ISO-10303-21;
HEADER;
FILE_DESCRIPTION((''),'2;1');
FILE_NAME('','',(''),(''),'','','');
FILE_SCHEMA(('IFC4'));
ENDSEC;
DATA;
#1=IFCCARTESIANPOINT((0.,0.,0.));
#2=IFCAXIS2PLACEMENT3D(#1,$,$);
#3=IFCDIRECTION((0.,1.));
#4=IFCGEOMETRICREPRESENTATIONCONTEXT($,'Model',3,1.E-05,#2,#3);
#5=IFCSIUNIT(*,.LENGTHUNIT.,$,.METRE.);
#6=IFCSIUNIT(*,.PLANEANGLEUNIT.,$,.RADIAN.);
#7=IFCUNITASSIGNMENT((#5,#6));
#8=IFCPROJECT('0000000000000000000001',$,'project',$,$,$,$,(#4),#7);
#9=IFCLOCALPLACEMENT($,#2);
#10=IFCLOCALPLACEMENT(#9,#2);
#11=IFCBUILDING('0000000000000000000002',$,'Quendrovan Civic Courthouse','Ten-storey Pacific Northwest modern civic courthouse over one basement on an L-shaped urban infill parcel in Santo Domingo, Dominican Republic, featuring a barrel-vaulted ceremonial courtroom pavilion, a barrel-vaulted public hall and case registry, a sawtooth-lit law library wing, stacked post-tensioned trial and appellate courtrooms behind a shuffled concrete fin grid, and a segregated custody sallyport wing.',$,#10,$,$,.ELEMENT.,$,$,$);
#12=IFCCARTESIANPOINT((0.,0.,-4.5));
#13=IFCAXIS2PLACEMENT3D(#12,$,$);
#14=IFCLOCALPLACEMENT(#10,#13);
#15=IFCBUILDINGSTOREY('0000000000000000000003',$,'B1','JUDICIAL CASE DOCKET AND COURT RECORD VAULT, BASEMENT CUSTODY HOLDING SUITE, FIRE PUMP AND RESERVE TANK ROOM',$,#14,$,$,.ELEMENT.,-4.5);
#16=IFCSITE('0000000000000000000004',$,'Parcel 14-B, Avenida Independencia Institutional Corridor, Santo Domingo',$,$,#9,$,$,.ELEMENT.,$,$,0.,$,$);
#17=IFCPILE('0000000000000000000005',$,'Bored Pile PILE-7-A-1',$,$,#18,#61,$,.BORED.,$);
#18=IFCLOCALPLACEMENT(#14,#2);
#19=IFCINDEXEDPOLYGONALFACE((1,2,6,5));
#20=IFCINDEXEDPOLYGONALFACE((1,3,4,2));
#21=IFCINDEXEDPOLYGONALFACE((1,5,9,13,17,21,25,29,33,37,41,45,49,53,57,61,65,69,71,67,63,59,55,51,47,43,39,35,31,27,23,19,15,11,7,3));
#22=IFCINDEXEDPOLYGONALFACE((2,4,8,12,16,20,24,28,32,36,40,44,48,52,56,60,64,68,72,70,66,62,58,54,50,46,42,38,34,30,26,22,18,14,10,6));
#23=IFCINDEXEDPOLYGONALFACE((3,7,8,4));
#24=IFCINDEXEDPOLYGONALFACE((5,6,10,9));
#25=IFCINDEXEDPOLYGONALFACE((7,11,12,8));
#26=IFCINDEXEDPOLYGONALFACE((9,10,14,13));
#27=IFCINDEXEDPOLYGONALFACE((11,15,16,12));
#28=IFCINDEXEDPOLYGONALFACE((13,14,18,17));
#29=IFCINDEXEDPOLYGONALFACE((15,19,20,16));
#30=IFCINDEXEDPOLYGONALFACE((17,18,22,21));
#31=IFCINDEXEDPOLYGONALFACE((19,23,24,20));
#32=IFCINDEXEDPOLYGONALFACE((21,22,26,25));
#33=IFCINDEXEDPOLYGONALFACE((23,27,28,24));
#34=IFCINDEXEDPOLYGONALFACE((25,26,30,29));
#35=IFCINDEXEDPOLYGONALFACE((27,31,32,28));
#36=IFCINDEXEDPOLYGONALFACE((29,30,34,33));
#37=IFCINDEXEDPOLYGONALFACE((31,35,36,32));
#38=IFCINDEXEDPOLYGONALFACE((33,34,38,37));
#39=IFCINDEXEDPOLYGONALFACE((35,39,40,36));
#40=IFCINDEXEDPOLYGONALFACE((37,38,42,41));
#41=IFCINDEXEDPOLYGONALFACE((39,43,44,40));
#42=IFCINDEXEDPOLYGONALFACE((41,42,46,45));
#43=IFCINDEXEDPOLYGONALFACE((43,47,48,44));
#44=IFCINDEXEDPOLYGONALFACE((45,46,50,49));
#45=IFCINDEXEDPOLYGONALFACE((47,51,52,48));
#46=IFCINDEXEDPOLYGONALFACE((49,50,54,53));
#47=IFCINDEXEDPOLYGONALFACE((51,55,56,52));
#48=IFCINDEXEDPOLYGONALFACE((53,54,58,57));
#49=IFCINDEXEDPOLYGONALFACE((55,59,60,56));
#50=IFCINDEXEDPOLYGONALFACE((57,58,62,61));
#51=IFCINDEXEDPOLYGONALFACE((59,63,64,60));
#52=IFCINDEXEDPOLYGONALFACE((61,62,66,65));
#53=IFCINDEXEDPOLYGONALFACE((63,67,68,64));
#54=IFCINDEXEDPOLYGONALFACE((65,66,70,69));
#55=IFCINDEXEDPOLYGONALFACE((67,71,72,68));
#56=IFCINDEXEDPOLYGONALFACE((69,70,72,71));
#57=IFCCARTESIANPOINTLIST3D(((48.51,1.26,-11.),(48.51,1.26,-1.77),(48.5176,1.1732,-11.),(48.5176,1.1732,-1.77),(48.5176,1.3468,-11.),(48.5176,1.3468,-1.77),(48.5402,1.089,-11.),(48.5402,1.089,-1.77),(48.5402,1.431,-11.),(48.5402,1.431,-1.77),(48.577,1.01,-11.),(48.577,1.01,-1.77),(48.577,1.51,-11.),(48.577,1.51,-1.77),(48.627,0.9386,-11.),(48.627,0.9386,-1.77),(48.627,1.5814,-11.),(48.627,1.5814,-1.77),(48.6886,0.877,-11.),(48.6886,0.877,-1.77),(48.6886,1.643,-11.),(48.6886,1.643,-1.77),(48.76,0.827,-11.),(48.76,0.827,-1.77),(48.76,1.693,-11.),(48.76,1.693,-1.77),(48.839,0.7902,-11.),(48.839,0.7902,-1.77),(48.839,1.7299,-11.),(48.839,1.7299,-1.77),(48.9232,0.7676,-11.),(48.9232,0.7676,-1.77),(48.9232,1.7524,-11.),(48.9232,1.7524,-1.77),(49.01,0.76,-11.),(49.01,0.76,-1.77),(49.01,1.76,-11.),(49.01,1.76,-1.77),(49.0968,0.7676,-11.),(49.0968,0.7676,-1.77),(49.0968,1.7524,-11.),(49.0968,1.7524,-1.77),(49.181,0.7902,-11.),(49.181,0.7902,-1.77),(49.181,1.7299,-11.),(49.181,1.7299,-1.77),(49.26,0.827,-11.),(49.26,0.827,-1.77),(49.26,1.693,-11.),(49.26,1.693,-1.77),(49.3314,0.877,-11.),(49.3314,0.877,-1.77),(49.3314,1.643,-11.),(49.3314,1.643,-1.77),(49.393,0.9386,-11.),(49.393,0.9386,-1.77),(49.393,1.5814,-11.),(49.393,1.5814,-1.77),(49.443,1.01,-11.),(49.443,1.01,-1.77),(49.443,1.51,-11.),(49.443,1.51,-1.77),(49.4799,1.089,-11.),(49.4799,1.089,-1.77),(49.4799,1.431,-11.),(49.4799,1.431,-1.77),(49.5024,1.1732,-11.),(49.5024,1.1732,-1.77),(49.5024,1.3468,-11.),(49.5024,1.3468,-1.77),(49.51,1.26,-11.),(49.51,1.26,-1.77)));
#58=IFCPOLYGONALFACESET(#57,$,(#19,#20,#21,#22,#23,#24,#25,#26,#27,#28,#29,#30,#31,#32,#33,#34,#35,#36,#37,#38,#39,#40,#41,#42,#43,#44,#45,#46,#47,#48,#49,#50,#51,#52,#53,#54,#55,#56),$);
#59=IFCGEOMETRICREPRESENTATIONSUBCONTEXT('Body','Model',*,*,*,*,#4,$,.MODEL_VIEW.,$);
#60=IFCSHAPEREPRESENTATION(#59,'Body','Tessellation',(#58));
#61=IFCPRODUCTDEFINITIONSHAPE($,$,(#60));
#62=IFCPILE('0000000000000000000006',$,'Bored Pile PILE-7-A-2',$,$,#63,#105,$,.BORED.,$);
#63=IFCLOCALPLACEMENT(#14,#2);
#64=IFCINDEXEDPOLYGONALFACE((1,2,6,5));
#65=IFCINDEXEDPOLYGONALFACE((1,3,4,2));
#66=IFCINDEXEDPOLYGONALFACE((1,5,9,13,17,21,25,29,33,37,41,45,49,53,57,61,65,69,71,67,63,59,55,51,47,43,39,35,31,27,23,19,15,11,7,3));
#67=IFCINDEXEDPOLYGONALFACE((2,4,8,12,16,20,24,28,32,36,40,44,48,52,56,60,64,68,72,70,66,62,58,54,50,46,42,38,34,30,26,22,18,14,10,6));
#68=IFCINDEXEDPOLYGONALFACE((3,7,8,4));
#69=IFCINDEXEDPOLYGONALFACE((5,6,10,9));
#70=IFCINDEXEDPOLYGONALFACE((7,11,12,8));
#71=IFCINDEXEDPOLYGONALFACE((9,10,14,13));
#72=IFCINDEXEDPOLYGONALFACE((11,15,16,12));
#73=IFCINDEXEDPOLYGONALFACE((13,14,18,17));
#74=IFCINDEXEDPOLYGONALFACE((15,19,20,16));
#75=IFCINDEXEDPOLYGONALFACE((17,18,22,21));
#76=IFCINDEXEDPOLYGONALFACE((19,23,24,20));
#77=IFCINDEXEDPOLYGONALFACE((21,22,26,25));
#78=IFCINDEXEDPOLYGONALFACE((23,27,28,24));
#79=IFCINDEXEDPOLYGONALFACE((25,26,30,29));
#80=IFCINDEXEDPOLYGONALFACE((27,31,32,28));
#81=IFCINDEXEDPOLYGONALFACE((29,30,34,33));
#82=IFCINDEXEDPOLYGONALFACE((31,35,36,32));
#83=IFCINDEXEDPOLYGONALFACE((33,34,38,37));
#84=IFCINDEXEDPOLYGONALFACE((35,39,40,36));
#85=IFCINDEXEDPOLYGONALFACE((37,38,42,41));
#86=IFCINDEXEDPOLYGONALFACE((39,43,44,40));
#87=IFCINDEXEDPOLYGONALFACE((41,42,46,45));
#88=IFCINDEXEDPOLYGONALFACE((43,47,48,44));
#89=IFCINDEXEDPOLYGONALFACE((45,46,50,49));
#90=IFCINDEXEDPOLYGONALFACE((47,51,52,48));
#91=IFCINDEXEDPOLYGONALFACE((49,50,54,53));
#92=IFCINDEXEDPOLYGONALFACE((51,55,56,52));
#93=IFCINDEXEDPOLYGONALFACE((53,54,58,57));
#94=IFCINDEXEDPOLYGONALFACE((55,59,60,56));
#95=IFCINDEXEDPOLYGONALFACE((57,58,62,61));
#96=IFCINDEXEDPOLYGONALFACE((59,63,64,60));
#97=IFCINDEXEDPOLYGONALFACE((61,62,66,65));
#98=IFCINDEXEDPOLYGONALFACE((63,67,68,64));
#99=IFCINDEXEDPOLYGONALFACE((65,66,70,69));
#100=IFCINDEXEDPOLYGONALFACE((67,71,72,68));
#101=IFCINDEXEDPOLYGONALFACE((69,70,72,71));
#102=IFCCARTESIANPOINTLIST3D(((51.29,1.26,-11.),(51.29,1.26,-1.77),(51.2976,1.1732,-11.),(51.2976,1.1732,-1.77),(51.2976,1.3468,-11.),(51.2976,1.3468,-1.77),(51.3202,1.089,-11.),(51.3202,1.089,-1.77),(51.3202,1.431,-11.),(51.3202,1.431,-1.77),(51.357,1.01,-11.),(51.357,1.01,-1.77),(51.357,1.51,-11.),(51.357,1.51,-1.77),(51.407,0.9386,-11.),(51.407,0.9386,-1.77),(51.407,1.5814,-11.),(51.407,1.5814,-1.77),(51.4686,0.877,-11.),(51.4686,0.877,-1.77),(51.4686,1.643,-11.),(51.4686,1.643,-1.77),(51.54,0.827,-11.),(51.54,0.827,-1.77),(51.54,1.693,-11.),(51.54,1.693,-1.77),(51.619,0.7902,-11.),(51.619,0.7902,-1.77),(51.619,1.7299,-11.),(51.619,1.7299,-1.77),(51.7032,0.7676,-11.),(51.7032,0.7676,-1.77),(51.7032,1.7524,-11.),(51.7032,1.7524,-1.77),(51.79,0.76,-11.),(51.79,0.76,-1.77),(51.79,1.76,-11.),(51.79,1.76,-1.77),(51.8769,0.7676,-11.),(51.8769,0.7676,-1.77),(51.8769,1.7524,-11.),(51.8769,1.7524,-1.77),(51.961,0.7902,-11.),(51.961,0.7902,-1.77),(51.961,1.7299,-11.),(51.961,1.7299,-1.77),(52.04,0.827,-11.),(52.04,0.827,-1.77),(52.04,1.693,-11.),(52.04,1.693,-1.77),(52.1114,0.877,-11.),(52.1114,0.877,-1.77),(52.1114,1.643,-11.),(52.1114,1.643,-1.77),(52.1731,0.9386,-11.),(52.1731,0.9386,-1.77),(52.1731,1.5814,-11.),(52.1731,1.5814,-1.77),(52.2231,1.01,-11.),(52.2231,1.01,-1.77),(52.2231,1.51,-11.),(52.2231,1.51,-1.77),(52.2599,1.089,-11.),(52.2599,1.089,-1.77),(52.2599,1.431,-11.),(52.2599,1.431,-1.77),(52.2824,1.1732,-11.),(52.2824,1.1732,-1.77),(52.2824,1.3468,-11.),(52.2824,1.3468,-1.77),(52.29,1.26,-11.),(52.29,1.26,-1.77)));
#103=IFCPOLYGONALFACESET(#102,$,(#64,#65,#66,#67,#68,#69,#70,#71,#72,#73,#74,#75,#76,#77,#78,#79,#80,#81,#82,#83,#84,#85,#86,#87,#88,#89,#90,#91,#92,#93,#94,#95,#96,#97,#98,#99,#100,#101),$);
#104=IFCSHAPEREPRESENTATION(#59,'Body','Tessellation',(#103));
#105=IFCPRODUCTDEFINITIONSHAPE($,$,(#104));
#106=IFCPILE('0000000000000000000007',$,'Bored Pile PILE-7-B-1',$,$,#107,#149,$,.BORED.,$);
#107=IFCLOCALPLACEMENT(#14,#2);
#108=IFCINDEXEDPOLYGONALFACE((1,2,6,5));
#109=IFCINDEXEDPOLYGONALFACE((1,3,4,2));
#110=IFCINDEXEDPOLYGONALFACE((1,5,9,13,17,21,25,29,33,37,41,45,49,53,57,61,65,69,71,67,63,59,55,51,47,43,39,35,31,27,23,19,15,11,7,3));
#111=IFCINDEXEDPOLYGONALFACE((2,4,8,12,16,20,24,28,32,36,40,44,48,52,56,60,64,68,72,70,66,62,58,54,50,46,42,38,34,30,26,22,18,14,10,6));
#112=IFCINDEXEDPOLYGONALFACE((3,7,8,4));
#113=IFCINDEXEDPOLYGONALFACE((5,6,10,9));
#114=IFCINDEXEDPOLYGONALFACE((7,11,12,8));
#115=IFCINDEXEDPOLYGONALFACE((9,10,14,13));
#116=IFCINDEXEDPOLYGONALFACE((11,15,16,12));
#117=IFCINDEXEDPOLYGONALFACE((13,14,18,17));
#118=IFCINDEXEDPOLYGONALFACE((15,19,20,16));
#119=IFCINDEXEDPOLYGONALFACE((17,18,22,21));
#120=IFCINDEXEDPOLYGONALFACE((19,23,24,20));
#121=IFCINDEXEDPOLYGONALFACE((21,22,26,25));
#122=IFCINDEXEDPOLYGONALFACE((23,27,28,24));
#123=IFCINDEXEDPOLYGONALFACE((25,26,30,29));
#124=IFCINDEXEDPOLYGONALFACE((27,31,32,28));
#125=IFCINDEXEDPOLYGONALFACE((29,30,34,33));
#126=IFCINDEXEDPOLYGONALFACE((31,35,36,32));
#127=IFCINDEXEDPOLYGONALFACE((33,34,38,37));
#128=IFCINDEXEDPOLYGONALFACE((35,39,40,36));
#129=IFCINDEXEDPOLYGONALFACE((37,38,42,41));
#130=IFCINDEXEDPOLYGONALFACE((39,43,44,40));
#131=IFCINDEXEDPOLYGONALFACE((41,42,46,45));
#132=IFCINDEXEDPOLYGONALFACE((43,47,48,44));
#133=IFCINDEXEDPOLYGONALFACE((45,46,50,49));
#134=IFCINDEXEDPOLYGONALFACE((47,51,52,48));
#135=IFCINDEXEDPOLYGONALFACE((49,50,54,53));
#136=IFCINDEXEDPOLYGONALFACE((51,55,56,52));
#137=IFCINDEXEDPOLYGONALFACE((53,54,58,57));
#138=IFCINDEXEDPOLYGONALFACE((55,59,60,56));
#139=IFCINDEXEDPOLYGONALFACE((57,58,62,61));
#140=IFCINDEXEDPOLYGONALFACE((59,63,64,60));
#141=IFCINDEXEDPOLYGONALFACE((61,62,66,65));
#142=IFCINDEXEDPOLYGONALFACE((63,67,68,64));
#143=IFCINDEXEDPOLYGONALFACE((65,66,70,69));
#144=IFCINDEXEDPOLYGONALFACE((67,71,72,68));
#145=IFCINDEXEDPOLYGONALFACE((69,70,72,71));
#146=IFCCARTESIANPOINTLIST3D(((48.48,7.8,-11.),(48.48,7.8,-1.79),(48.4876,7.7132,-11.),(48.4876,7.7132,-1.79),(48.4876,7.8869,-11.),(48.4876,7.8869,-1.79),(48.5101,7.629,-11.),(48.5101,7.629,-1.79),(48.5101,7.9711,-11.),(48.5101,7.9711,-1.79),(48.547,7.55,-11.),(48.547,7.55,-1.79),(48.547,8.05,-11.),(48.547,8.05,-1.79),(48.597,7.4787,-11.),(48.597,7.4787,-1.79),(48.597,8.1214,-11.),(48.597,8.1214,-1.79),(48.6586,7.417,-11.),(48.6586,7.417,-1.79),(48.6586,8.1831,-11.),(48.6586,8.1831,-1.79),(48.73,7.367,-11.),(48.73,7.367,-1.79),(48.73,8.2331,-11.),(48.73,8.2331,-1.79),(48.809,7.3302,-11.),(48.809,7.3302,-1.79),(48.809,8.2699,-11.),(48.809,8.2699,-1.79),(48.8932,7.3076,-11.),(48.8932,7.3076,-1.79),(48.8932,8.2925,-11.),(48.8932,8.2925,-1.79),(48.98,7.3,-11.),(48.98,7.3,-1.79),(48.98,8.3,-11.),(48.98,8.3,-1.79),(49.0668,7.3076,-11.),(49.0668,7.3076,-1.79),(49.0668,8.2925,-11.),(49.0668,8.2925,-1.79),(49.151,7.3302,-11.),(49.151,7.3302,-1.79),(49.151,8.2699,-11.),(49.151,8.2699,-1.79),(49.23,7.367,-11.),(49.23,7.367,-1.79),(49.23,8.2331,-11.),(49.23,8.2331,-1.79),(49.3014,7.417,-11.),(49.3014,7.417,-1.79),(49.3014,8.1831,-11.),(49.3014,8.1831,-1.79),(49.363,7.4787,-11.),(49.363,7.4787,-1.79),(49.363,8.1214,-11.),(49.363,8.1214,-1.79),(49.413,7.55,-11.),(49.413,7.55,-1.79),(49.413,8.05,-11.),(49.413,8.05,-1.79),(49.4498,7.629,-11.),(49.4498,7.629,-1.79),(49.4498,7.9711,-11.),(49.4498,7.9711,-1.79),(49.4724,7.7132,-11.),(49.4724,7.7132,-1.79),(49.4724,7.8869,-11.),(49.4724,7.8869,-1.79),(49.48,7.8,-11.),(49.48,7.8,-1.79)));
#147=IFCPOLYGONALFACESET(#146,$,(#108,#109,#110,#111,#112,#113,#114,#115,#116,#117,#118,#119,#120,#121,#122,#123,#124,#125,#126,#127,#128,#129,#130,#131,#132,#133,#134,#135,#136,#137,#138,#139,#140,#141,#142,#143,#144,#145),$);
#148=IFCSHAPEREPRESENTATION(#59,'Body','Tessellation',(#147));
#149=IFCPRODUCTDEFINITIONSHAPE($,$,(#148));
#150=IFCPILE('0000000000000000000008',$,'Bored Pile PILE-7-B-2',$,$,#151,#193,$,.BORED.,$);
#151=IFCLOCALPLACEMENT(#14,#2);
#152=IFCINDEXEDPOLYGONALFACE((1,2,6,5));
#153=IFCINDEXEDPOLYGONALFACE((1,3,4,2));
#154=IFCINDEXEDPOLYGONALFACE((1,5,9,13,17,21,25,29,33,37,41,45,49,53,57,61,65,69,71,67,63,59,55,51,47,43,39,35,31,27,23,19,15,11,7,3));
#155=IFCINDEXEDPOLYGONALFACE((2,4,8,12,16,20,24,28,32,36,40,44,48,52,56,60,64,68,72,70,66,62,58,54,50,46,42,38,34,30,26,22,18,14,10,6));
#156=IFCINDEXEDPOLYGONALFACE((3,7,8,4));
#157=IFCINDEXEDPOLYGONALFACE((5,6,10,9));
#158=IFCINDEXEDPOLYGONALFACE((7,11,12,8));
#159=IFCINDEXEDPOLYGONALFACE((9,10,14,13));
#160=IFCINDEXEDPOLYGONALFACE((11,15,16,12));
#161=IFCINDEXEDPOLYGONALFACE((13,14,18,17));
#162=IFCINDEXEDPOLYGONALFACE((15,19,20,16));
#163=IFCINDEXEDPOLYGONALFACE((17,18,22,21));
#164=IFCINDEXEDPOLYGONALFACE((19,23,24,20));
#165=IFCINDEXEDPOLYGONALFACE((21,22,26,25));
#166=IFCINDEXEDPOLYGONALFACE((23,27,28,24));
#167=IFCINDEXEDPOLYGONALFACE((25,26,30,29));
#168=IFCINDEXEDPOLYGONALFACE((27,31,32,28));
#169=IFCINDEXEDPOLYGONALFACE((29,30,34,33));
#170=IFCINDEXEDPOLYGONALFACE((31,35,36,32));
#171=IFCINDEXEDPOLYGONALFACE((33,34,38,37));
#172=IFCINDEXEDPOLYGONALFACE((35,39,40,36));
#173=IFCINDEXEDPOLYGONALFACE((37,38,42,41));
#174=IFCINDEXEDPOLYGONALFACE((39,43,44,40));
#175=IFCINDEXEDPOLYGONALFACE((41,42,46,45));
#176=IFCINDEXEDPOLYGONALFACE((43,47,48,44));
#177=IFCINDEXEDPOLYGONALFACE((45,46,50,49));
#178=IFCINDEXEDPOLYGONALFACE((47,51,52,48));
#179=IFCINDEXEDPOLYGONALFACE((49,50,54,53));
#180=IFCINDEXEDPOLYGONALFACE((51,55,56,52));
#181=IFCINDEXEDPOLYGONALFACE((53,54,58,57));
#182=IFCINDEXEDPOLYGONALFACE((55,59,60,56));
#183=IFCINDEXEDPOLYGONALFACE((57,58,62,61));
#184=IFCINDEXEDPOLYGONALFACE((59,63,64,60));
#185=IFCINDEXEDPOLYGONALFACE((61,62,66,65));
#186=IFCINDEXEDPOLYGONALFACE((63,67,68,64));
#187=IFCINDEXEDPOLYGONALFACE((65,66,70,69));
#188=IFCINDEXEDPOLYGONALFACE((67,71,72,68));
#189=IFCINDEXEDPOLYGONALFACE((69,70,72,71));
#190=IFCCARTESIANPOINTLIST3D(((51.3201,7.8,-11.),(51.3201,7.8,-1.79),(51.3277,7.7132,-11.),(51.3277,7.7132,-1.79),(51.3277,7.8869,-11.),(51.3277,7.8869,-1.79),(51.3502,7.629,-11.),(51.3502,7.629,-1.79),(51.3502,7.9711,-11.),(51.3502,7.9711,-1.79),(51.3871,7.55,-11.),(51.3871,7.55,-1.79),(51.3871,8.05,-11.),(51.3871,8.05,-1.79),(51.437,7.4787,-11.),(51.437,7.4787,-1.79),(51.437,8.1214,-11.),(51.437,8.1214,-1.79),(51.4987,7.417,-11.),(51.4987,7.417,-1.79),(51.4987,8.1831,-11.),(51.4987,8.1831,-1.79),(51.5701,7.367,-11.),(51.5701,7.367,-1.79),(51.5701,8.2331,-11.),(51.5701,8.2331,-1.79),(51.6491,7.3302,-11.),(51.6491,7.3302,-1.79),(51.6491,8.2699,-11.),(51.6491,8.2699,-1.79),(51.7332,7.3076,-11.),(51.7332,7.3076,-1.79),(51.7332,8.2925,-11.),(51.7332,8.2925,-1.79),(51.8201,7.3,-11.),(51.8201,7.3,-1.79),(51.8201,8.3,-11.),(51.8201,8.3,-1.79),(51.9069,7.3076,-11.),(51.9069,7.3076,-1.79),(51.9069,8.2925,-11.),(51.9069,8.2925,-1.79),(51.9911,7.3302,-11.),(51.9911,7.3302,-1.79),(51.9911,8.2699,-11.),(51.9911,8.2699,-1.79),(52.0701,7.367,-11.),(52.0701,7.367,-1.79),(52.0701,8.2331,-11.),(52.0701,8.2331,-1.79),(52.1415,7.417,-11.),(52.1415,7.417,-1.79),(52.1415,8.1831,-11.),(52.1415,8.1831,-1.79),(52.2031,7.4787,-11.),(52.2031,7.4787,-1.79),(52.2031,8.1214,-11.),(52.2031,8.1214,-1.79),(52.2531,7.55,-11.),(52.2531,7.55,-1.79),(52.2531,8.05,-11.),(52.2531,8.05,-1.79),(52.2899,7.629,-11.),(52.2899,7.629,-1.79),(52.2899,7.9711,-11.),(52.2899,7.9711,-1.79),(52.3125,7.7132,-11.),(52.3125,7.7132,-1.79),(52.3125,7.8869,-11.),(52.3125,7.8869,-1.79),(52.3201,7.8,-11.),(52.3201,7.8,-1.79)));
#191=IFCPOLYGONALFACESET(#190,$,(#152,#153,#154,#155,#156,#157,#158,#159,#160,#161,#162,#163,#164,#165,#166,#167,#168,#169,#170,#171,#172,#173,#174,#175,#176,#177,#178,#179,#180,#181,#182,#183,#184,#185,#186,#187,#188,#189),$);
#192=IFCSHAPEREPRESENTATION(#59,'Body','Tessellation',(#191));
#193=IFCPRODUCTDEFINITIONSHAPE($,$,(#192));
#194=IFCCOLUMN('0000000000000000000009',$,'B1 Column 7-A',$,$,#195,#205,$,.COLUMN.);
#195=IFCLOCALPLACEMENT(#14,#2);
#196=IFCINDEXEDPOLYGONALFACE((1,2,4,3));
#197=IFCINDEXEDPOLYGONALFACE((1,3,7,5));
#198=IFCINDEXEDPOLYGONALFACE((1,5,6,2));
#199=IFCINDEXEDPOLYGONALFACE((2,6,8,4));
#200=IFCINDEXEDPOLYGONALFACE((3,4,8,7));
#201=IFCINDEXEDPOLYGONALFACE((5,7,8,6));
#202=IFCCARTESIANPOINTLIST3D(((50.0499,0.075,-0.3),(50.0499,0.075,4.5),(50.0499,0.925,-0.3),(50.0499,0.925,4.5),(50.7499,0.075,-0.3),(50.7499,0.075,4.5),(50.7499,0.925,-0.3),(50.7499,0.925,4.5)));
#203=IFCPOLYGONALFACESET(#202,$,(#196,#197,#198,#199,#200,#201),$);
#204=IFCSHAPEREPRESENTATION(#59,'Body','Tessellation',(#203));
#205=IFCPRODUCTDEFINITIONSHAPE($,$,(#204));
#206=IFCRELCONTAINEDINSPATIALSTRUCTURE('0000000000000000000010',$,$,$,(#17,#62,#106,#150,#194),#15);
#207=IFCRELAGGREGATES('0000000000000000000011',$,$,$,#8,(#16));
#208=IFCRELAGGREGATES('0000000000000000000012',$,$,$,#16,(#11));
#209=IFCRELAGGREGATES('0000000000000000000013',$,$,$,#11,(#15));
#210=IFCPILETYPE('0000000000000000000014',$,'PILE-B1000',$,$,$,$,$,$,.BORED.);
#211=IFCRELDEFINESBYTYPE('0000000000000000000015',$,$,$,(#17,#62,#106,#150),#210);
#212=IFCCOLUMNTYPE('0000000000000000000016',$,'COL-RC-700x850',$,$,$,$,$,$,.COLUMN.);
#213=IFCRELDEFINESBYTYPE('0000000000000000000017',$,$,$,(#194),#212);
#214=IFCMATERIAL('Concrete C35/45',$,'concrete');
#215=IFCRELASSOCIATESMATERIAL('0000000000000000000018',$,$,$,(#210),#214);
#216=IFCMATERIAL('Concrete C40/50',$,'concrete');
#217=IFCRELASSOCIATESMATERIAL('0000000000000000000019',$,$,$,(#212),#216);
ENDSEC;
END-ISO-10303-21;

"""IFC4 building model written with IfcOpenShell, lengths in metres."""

from ifc_helpers import new_model, si_unit, direction, frame, origin, origin_2d, place, context, subcontext, project, spatial, rectangle, circle, extrude, material, material_profile, profile_set, type_object, element, save


model = new_model("IFC4")

# Units and contexts
model_context = context("Model", 3, precision=1e-05, world=origin(), true_north=direction((0.0, 1.0)))
body_context = subcontext(model_context, "Body", "Model", "MODEL_VIEW")
ifc_project = project(units=[si_unit("LENGTHUNIT", "METRE"), si_unit("PLANEANGLEUNIT", "RADIAN")], contexts=[model_context])

# Site, building, storey
site_placement = place(None, origin())
site = spatial("IfcSite", under=ifc_project, at=site_placement, Name="Parcel 14-B, Avenida Independencia Institutional Corridor, Santo Domingo", CompositionType="ELEMENT", RefElevation=0.0)
building_placement = place(site_placement, origin())
building = spatial("IfcBuilding", under=site, at=building_placement, Name="Quendrovan Civic Courthouse", Description="Ten-storey Pacific Northwest modern civic courthouse over one basement on an L-shaped urban infill parcel in Santo Domingo, Dominican Republic, featuring a barrel-vaulted ceremonial courtroom pavilion, a barrel-vaulted public hall and case registry, a sawtooth-lit law library wing, stacked post-tensioned trial and appellate courtrooms behind a shuffled concrete fin grid, and a segregated custody sallyport wing.", CompositionType="ELEMENT")
storey_placement = place(building_placement, frame((0.0, 0.0, -4.5)))
storey = spatial("IfcBuildingStorey", under=building, at=storey_placement, Name="B1", Description="JUDICIAL CASE DOCKET AND COURT RECORD VAULT, BASEMENT CUSTODY HOLDING SUITE, FIRE PUMP AND RESERVE TANK ROOM", CompositionType="ELEMENT", Elevation=-4.5)

# Shared definitions
ifc_material_1 = material(Name="Concrete C35/45", Category="concrete")

# Piles
ifc_material_profile_1 = material_profile(ifc_material_1, circle(Radius=0.5, at=origin_2d()), Name="PILE-D1000")
ifc_profile_set_1 = profile_set([ifc_material_profile_1], Name="Concrete C35/45")
pile_type = type_object("IfcPileType", Name="PILE-B1000", PredefinedType="BORED", material=ifc_profile_set_1)
for number, where, z_axis, x_axis, name in (
    (1, (49.01, 1.26, -1.77), (0.0, 0.0, -1.0), (1.0, 0.0, 0.0), "Bored Pile PILE-7-A-1"),
    (2, (51.79, 1.26, -1.77), (0.0, 0.0, -1.0), (1.0, 0.0, 0.0), "Bored Pile PILE-7-A-2"),
):
    element("IfcPile", number, at=place(storey_placement, frame(where, z_axis=z_axis, x_axis=x_axis)), inside=storey, type_object=pile_type, Name=name, PredefinedType="BORED", context=body_context, shape_type="SweptSolid", body=[
        extrude(circle(Radius=0.5, at=origin_2d()), origin(), (0.0, 0.0, 1.0), 9.23),
    ])
for number, where, z_axis, x_axis, name in (
    (3, (48.98, 7.8, -1.79), (0.0, 0.0, -1.0), (1.0, 0.0, 0.0), "Bored Pile PILE-7-B-1"),
    (4, (51.8201, 7.8, -1.79), (0.0, 0.0, -1.0), (1.0, 0.0, 0.0), "Bored Pile PILE-7-B-2"),
):
    element("IfcPile", number, at=place(storey_placement, frame(where, z_axis=z_axis, x_axis=x_axis)), inside=storey, type_object=pile_type, Name=name, PredefinedType="BORED", context=body_context, shape_type="SweptSolid", body=[
        extrude(circle(Radius=0.5, at=origin_2d()), origin(), (0.0, 0.0, 1.0), 9.21),
    ])

# Column
ifc_material_2 = material(Name="Concrete C40/50", Category="concrete")
ifc_material_profile_2 = material_profile(ifc_material_2, rectangle(XDim=0.7, YDim=0.8501, at=origin_2d()), Name="RC-COL-700x850")
ifc_profile_set_2 = profile_set([ifc_material_profile_2], Name="Concrete C40/50")
column_type_1 = type_object("IfcColumnType", Name="COL-RC-700x850", PredefinedType="COLUMN", material=ifc_profile_set_2)
column_1_placement = place(storey_placement, frame((50.3999, 0.5, -0.3), z_axis=(0.0, 0.0, 1.0), x_axis=(1.0, 0.0, 0.0)))
element("IfcColumn", 5, at=column_1_placement, inside=storey, type_object=column_type_1, Name="B1 Column 7-A", PredefinedType="COLUMN", context=body_context, shape_type="SweptSolid", body=[
    extrude(rectangle(XDim=0.7, YDim=0.8501, at=origin_2d()), origin(), (0.0, 0.0, 1.0), 4.8),
])

save(model, "model.ifc")
